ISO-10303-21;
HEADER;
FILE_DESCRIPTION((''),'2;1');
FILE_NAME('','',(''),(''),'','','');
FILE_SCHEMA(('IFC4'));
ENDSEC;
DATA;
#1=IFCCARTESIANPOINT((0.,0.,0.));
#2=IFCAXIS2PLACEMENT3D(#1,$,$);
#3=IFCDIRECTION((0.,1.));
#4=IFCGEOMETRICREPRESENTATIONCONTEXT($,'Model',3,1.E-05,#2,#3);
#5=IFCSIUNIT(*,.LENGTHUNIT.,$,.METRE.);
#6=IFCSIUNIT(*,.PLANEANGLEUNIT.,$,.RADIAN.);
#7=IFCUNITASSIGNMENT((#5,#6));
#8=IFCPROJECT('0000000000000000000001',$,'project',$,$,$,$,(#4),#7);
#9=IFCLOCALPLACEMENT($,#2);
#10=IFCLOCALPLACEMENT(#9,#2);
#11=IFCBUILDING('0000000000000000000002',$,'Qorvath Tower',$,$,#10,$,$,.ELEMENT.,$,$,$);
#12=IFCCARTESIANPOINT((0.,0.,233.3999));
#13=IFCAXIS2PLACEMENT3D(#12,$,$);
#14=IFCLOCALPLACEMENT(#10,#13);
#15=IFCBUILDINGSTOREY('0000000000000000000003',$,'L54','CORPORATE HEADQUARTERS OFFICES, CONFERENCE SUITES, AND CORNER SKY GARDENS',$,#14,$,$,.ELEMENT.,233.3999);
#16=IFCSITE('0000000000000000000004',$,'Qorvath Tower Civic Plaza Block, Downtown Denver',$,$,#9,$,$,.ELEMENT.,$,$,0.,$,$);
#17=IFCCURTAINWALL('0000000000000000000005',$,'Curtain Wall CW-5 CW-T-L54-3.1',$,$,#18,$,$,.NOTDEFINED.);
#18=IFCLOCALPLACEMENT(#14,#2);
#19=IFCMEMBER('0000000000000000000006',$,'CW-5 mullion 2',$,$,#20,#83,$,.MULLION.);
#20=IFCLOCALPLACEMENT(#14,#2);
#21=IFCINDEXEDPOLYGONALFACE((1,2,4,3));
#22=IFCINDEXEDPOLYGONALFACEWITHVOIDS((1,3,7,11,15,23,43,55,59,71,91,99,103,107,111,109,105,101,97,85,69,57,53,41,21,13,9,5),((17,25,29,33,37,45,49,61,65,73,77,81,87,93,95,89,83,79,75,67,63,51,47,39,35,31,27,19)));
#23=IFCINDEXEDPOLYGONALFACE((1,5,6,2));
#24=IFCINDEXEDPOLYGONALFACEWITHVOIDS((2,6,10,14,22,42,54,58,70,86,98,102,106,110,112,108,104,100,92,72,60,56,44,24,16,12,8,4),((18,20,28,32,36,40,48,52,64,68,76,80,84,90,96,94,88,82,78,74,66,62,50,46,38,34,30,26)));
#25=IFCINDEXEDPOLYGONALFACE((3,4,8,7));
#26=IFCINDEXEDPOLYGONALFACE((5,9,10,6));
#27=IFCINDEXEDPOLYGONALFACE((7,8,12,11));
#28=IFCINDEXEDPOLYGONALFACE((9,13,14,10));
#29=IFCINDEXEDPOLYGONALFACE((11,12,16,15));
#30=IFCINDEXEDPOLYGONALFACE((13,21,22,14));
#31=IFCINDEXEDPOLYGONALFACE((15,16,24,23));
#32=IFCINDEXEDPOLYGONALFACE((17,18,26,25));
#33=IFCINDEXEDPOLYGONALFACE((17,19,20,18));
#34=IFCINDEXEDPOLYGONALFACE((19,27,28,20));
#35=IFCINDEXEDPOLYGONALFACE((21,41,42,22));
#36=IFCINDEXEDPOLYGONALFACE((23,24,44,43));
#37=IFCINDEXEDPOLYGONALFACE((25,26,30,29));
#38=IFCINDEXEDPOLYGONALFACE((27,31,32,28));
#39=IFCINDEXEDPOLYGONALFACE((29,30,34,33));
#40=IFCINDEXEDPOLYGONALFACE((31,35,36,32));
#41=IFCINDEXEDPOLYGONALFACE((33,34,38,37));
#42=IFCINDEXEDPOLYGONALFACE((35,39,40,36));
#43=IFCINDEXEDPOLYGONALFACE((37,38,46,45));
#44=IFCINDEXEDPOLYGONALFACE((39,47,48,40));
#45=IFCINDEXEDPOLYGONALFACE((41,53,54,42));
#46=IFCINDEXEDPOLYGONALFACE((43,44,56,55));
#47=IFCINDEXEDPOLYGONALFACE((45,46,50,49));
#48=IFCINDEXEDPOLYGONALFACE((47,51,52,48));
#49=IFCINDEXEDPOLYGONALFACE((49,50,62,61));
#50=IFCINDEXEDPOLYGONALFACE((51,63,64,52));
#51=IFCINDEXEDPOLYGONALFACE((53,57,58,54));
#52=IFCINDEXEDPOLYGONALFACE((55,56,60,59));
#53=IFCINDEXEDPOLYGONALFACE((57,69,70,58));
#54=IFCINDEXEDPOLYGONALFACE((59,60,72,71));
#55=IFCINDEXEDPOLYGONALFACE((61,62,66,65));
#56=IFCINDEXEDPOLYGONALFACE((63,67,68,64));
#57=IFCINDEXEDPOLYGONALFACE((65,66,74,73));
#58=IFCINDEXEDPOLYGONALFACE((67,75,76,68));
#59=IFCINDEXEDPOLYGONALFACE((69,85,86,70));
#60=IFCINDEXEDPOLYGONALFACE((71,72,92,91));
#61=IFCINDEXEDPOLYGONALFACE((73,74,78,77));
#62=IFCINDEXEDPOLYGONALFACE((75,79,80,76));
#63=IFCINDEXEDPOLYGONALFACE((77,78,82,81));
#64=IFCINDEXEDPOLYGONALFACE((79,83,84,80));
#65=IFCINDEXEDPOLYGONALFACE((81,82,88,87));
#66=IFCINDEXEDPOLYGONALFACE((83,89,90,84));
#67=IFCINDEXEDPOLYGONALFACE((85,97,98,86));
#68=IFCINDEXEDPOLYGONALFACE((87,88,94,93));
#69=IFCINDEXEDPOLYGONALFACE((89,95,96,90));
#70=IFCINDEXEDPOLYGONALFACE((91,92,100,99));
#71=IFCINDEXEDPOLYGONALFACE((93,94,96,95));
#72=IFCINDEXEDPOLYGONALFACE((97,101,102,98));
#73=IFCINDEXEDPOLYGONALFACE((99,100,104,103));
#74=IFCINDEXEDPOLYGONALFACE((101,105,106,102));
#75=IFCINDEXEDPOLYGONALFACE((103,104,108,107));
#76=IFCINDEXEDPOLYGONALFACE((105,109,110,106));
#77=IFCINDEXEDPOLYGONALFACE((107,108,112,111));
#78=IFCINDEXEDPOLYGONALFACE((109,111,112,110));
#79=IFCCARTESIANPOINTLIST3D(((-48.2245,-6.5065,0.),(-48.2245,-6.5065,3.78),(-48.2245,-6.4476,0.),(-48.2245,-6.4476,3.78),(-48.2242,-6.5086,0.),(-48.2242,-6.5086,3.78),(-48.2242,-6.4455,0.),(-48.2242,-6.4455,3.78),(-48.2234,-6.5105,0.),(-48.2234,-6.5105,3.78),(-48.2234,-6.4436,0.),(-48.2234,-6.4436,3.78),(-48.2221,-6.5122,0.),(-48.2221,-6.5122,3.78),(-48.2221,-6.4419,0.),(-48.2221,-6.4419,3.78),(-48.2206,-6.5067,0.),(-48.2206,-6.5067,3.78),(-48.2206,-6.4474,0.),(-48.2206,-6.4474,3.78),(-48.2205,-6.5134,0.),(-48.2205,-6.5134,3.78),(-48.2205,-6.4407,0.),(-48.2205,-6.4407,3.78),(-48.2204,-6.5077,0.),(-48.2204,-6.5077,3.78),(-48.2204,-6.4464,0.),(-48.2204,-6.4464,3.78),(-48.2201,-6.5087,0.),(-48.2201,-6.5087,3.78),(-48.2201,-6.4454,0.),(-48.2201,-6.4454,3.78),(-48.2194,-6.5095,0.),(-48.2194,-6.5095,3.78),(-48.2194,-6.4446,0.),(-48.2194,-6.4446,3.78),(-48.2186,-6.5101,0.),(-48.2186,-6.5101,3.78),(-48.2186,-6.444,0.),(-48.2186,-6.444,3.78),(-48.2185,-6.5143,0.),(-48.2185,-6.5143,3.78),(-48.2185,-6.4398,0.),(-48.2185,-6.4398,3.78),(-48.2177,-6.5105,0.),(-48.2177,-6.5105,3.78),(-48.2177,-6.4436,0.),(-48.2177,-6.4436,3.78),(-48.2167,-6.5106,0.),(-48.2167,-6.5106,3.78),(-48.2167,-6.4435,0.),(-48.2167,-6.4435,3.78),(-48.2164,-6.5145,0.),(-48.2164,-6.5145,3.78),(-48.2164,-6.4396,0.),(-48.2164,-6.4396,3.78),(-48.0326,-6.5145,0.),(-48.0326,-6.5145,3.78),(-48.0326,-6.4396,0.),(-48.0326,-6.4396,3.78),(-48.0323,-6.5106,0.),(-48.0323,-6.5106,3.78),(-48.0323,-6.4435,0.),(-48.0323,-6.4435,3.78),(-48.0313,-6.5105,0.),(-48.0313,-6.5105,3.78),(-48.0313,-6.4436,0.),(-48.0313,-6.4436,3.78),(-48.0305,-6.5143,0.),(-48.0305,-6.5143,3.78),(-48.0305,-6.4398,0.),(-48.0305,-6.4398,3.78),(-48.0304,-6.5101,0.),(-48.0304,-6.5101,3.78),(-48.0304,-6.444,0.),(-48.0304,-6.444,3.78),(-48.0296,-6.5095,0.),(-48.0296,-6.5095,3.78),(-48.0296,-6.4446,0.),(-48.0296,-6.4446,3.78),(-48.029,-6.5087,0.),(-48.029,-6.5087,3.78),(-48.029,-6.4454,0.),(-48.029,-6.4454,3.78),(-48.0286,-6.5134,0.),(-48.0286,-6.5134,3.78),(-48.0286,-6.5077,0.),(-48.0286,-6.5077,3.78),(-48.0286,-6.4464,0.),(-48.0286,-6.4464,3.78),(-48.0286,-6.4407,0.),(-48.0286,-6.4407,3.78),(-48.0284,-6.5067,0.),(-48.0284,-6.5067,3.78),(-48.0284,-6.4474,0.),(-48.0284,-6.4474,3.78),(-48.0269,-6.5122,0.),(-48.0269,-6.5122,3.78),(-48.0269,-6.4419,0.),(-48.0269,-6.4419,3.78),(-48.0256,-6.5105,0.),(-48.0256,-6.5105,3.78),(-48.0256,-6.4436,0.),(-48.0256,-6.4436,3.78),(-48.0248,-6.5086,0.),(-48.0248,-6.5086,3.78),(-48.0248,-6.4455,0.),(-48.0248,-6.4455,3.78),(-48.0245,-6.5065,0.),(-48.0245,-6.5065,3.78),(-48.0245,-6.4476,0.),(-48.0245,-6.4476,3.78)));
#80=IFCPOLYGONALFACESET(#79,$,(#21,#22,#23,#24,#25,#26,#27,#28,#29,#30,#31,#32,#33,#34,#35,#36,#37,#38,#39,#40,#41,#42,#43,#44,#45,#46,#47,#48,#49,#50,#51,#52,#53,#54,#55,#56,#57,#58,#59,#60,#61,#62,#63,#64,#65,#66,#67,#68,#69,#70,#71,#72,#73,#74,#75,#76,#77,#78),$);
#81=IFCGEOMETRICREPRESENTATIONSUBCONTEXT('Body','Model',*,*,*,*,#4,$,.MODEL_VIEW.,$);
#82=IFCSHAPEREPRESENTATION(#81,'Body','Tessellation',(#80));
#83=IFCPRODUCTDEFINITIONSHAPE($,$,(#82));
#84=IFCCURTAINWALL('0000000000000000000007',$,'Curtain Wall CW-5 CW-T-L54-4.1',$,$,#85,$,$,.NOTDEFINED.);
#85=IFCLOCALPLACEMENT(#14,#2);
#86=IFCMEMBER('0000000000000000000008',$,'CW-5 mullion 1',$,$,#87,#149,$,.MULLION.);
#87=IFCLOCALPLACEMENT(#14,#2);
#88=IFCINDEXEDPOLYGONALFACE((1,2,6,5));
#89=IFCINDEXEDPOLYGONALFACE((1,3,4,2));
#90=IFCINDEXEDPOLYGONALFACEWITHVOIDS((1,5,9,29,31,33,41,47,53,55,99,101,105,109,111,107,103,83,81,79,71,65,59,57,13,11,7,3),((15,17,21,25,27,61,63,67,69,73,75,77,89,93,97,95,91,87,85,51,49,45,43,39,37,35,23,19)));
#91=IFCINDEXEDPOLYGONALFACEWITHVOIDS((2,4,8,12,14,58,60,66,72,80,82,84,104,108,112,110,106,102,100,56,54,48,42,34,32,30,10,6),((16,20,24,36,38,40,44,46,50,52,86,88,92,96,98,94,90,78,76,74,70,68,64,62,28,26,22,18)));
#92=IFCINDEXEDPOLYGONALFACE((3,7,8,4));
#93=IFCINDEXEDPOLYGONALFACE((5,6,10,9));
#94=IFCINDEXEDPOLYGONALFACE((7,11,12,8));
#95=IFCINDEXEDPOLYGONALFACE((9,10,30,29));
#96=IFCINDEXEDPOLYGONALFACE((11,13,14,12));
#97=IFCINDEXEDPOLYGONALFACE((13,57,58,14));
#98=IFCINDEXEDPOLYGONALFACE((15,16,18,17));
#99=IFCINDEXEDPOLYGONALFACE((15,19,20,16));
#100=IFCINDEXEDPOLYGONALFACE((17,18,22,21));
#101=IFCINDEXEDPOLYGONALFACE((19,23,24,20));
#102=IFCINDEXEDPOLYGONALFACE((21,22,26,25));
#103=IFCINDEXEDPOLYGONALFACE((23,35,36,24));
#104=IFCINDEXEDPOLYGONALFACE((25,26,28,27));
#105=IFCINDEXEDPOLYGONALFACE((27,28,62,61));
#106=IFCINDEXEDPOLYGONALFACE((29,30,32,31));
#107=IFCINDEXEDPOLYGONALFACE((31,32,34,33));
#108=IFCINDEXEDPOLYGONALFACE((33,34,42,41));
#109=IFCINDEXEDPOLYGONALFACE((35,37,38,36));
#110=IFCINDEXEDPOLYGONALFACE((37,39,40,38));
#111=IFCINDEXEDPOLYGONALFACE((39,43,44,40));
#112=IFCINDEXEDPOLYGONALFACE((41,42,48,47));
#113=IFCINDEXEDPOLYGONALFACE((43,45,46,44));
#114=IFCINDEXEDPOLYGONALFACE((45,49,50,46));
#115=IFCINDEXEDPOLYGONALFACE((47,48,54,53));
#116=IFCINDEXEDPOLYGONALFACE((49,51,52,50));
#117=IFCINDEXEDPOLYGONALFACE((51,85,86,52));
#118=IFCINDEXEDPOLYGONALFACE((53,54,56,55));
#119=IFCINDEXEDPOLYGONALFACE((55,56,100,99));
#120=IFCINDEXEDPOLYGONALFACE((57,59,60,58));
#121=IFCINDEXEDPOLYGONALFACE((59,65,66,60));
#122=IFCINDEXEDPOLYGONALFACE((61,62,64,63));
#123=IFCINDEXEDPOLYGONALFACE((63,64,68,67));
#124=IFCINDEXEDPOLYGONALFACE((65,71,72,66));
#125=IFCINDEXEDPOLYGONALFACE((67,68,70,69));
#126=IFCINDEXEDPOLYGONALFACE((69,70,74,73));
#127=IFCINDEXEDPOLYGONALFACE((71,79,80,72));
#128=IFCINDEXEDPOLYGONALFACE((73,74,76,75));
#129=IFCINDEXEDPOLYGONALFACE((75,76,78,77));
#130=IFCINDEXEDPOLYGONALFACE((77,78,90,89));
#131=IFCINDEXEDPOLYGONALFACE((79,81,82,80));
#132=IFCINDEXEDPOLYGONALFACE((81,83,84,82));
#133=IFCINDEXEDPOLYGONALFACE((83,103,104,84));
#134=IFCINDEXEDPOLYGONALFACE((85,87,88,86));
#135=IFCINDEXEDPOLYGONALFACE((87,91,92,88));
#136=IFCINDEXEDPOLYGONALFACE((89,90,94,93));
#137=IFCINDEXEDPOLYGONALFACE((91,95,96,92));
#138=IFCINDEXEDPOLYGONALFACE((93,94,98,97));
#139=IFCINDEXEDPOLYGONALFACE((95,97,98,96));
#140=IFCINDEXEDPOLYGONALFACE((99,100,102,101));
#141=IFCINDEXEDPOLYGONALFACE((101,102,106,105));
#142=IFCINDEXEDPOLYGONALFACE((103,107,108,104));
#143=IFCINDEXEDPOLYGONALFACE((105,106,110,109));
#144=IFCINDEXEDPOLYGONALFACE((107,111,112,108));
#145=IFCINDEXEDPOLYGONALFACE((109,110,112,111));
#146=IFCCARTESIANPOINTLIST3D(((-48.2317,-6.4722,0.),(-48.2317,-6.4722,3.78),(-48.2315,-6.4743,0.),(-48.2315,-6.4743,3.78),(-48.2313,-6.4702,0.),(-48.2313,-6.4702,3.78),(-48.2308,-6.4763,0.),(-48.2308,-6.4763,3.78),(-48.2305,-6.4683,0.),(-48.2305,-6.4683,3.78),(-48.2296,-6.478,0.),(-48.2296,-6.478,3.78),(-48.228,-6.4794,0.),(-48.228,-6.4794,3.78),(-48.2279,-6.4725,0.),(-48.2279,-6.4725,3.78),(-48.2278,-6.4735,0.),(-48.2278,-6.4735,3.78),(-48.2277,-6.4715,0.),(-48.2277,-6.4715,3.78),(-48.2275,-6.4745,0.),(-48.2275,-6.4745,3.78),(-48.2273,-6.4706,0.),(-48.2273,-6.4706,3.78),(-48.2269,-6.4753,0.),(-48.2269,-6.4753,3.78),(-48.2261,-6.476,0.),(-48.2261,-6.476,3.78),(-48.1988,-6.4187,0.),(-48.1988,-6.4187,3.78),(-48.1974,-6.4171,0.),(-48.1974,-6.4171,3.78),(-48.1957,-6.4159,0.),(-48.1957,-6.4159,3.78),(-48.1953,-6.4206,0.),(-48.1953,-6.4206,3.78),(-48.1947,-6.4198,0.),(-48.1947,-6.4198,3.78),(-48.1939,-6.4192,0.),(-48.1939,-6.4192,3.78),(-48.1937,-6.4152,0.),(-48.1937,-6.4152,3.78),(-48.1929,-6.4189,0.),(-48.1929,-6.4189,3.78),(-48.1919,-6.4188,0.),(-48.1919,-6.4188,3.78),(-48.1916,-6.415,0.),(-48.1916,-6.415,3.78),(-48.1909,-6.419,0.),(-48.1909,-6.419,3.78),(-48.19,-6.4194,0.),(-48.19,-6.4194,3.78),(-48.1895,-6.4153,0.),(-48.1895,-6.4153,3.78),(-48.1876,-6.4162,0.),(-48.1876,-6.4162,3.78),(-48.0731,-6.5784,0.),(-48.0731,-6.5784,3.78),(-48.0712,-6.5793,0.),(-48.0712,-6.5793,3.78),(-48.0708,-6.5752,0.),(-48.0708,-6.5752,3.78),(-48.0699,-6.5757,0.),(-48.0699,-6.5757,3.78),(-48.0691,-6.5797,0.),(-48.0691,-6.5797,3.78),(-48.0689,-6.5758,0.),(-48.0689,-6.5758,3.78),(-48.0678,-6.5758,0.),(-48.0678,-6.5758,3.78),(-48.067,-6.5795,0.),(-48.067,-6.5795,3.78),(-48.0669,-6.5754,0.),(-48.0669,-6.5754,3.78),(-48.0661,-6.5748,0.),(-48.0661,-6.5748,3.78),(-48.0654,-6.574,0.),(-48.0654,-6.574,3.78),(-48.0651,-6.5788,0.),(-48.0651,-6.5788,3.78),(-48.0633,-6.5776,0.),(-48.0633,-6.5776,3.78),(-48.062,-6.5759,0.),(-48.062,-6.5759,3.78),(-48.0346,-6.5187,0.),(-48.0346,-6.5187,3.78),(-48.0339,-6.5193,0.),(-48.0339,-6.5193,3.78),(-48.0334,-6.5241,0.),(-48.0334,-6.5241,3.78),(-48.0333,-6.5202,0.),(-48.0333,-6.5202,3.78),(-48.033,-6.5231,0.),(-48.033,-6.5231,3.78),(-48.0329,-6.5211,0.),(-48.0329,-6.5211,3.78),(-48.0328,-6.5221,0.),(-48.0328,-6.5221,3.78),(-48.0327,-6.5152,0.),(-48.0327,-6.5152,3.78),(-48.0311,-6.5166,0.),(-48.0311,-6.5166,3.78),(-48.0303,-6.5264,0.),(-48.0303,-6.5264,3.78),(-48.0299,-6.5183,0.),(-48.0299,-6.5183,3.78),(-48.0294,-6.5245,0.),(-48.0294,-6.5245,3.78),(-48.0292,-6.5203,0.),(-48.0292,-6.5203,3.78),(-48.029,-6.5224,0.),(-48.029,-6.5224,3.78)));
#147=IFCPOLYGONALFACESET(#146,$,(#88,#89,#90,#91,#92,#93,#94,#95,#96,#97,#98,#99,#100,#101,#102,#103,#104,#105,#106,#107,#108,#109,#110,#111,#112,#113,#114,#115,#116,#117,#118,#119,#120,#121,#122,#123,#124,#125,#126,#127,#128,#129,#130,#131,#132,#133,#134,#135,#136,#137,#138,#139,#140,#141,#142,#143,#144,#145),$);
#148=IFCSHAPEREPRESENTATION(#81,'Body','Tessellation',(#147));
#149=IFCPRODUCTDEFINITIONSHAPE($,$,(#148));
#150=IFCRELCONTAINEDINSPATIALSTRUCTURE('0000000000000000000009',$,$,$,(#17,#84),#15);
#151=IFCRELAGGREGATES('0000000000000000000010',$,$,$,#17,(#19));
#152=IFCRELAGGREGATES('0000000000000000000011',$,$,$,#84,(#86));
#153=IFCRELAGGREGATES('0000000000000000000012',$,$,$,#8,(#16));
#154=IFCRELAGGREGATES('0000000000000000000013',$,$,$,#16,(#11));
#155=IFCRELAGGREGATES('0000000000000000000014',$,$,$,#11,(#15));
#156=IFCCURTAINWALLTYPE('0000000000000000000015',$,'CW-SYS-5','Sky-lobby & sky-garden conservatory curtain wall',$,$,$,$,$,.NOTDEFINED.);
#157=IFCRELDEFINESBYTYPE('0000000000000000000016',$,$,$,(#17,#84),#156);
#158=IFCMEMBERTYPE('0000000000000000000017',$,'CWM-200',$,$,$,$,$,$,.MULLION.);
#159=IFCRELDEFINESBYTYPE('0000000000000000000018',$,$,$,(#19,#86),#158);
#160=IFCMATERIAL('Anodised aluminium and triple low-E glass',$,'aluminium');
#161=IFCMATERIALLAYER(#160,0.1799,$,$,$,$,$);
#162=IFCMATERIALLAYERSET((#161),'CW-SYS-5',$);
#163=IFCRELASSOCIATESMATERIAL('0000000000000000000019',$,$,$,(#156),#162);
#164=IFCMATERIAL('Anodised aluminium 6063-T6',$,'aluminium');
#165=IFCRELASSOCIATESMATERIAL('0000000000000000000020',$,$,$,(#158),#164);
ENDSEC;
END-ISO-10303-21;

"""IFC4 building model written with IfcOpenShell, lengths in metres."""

from ifc_helpers import new_model, si_unit, direction, frame, origin, origin_2d, place, context, subcontext, project, spatial, hollow_rectangle, extrude, material, layer, layer_set, material_profile, profile_set, type_object, element, aggregate, save


model = new_model("IFC4")

# Units and contexts
model_context = context("Model", 3, precision=1e-05, world=origin(), true_north=direction((0.0, 1.0)))
body_context = subcontext(model_context, "Body", "Model", "MODEL_VIEW")
ifc_project = project(units=[si_unit("LENGTHUNIT", "METRE"), si_unit("PLANEANGLEUNIT", "RADIAN")], contexts=[model_context])

# Site, building, storey
site_placement = place(None, origin())
site = spatial("IfcSite", under=ifc_project, at=site_placement, Name="Qorvath Tower Civic Plaza Block, Downtown Denver", CompositionType="ELEMENT", RefElevation=0.0)
building_placement = place(site_placement, origin())
building = spatial("IfcBuilding", under=site, at=building_placement, Name="Qorvath Tower", CompositionType="ELEMENT")
storey_placement = place(building_placement, frame((0.0, 0.0, 233.3999)))
storey = spatial("IfcBuildingStorey", under=building, at=storey_placement, Name="L54", Description="CORPORATE HEADQUARTERS OFFICES, CONFERENCE SUITES, AND CORNER SKY GARDENS", CompositionType="ELEMENT", Elevation=233.3999)

# Shared definitions
ifc_material_1 = material(Name="Anodised aluminium and triple low-E glass", Category="aluminium")
ifc_layer_1 = layer(ifc_material_1, 0.1799)
ifc_layer_set_1 = layer_set([ifc_layer_1], Name="CW-SYS-5")
curtain_wall_type = type_object("IfcCurtainWallType", Name="CW-SYS-5", Description="Sky-lobby & sky-garden conservatory curtain wall", PredefinedType="NOTDEFINED", material=ifc_layer_set_1)
ifc_material_2 = material(Name="Anodised aluminium 6063-T6", Category="aluminium")
ifc_material_profile_1 = material_profile(ifc_material_2, hollow_rectangle(XDim=0.075, YDim=0.2, WallThickness=0.0039, InnerFilletRadius=0.0039, OuterFilletRadius=0.0081, at=origin_2d()), Name="CWM 200x75")
ifc_profile_set_1 = profile_set([ifc_material_profile_1], Name="Anodised aluminium 6063-T6")
member_type_1 = type_object("IfcMemberType", Name="CWM-200", PredefinedType="MULLION", material=ifc_profile_set_1)

# Curtain walls, members
curtain_wall_1_placement = place(storey_placement, origin())
curtain_wall_1 = element("IfcCurtainWall", 1, at=curtain_wall_1_placement, inside=storey, type_object=curtain_wall_type, Name="Curtain Wall CW-5 CW-T-L54-3.1", PredefinedType="NOTDEFINED")
member_1_placement = place(storey_placement, frame((-48.1245, -6.4771, 0.0), z_axis=(0.0, 0.0, 1.0), x_axis=(0.0, -1.0, 0.0)))
member_1 = element("IfcMember", 2, at=member_1_placement, type_object=member_type_1, Name="CW-5 mullion 2", PredefinedType="MULLION", context=body_context, shape_type="SweptSolid", body=[
    extrude(hollow_rectangle(XDim=0.075, YDim=0.2, WallThickness=0.0039, InnerFilletRadius=0.0039, OuterFilletRadius=0.0081, at=origin_2d()), origin(), (0.0, 0.0, 1.0), 3.78),
])
curtain_wall_2_placement = place(storey_placement, origin())
curtain_wall_2 = element("IfcCurtainWall", 3, at=curtain_wall_2_placement, inside=storey, type_object=curtain_wall_type, Name="Curtain Wall CW-5 CW-T-L54-4.1", PredefinedType="NOTDEFINED")
member_2_placement = place(storey_placement, frame((-48.1304, -6.4973, 0.0), z_axis=(0.0, 0.0, 1.0), x_axis=(0.538528, 0.842607, 0.0)))
member_2 = element("IfcMember", 4, at=member_2_placement, type_object=member_type_1, Name="CW-5 mullion 1", PredefinedType="MULLION", context=body_context, shape_type="SweptSolid", body=[
    extrude(hollow_rectangle(XDim=0.075, YDim=0.2, WallThickness=0.0039, InnerFilletRadius=0.0039, OuterFilletRadius=0.0081, at=origin_2d()), origin(), (0.0, 0.0, 1.0), 3.78),
])

aggregate(curtain_wall_1, [member_1])
aggregate(curtain_wall_2, [member_2])

save(model, "model.ifc")
